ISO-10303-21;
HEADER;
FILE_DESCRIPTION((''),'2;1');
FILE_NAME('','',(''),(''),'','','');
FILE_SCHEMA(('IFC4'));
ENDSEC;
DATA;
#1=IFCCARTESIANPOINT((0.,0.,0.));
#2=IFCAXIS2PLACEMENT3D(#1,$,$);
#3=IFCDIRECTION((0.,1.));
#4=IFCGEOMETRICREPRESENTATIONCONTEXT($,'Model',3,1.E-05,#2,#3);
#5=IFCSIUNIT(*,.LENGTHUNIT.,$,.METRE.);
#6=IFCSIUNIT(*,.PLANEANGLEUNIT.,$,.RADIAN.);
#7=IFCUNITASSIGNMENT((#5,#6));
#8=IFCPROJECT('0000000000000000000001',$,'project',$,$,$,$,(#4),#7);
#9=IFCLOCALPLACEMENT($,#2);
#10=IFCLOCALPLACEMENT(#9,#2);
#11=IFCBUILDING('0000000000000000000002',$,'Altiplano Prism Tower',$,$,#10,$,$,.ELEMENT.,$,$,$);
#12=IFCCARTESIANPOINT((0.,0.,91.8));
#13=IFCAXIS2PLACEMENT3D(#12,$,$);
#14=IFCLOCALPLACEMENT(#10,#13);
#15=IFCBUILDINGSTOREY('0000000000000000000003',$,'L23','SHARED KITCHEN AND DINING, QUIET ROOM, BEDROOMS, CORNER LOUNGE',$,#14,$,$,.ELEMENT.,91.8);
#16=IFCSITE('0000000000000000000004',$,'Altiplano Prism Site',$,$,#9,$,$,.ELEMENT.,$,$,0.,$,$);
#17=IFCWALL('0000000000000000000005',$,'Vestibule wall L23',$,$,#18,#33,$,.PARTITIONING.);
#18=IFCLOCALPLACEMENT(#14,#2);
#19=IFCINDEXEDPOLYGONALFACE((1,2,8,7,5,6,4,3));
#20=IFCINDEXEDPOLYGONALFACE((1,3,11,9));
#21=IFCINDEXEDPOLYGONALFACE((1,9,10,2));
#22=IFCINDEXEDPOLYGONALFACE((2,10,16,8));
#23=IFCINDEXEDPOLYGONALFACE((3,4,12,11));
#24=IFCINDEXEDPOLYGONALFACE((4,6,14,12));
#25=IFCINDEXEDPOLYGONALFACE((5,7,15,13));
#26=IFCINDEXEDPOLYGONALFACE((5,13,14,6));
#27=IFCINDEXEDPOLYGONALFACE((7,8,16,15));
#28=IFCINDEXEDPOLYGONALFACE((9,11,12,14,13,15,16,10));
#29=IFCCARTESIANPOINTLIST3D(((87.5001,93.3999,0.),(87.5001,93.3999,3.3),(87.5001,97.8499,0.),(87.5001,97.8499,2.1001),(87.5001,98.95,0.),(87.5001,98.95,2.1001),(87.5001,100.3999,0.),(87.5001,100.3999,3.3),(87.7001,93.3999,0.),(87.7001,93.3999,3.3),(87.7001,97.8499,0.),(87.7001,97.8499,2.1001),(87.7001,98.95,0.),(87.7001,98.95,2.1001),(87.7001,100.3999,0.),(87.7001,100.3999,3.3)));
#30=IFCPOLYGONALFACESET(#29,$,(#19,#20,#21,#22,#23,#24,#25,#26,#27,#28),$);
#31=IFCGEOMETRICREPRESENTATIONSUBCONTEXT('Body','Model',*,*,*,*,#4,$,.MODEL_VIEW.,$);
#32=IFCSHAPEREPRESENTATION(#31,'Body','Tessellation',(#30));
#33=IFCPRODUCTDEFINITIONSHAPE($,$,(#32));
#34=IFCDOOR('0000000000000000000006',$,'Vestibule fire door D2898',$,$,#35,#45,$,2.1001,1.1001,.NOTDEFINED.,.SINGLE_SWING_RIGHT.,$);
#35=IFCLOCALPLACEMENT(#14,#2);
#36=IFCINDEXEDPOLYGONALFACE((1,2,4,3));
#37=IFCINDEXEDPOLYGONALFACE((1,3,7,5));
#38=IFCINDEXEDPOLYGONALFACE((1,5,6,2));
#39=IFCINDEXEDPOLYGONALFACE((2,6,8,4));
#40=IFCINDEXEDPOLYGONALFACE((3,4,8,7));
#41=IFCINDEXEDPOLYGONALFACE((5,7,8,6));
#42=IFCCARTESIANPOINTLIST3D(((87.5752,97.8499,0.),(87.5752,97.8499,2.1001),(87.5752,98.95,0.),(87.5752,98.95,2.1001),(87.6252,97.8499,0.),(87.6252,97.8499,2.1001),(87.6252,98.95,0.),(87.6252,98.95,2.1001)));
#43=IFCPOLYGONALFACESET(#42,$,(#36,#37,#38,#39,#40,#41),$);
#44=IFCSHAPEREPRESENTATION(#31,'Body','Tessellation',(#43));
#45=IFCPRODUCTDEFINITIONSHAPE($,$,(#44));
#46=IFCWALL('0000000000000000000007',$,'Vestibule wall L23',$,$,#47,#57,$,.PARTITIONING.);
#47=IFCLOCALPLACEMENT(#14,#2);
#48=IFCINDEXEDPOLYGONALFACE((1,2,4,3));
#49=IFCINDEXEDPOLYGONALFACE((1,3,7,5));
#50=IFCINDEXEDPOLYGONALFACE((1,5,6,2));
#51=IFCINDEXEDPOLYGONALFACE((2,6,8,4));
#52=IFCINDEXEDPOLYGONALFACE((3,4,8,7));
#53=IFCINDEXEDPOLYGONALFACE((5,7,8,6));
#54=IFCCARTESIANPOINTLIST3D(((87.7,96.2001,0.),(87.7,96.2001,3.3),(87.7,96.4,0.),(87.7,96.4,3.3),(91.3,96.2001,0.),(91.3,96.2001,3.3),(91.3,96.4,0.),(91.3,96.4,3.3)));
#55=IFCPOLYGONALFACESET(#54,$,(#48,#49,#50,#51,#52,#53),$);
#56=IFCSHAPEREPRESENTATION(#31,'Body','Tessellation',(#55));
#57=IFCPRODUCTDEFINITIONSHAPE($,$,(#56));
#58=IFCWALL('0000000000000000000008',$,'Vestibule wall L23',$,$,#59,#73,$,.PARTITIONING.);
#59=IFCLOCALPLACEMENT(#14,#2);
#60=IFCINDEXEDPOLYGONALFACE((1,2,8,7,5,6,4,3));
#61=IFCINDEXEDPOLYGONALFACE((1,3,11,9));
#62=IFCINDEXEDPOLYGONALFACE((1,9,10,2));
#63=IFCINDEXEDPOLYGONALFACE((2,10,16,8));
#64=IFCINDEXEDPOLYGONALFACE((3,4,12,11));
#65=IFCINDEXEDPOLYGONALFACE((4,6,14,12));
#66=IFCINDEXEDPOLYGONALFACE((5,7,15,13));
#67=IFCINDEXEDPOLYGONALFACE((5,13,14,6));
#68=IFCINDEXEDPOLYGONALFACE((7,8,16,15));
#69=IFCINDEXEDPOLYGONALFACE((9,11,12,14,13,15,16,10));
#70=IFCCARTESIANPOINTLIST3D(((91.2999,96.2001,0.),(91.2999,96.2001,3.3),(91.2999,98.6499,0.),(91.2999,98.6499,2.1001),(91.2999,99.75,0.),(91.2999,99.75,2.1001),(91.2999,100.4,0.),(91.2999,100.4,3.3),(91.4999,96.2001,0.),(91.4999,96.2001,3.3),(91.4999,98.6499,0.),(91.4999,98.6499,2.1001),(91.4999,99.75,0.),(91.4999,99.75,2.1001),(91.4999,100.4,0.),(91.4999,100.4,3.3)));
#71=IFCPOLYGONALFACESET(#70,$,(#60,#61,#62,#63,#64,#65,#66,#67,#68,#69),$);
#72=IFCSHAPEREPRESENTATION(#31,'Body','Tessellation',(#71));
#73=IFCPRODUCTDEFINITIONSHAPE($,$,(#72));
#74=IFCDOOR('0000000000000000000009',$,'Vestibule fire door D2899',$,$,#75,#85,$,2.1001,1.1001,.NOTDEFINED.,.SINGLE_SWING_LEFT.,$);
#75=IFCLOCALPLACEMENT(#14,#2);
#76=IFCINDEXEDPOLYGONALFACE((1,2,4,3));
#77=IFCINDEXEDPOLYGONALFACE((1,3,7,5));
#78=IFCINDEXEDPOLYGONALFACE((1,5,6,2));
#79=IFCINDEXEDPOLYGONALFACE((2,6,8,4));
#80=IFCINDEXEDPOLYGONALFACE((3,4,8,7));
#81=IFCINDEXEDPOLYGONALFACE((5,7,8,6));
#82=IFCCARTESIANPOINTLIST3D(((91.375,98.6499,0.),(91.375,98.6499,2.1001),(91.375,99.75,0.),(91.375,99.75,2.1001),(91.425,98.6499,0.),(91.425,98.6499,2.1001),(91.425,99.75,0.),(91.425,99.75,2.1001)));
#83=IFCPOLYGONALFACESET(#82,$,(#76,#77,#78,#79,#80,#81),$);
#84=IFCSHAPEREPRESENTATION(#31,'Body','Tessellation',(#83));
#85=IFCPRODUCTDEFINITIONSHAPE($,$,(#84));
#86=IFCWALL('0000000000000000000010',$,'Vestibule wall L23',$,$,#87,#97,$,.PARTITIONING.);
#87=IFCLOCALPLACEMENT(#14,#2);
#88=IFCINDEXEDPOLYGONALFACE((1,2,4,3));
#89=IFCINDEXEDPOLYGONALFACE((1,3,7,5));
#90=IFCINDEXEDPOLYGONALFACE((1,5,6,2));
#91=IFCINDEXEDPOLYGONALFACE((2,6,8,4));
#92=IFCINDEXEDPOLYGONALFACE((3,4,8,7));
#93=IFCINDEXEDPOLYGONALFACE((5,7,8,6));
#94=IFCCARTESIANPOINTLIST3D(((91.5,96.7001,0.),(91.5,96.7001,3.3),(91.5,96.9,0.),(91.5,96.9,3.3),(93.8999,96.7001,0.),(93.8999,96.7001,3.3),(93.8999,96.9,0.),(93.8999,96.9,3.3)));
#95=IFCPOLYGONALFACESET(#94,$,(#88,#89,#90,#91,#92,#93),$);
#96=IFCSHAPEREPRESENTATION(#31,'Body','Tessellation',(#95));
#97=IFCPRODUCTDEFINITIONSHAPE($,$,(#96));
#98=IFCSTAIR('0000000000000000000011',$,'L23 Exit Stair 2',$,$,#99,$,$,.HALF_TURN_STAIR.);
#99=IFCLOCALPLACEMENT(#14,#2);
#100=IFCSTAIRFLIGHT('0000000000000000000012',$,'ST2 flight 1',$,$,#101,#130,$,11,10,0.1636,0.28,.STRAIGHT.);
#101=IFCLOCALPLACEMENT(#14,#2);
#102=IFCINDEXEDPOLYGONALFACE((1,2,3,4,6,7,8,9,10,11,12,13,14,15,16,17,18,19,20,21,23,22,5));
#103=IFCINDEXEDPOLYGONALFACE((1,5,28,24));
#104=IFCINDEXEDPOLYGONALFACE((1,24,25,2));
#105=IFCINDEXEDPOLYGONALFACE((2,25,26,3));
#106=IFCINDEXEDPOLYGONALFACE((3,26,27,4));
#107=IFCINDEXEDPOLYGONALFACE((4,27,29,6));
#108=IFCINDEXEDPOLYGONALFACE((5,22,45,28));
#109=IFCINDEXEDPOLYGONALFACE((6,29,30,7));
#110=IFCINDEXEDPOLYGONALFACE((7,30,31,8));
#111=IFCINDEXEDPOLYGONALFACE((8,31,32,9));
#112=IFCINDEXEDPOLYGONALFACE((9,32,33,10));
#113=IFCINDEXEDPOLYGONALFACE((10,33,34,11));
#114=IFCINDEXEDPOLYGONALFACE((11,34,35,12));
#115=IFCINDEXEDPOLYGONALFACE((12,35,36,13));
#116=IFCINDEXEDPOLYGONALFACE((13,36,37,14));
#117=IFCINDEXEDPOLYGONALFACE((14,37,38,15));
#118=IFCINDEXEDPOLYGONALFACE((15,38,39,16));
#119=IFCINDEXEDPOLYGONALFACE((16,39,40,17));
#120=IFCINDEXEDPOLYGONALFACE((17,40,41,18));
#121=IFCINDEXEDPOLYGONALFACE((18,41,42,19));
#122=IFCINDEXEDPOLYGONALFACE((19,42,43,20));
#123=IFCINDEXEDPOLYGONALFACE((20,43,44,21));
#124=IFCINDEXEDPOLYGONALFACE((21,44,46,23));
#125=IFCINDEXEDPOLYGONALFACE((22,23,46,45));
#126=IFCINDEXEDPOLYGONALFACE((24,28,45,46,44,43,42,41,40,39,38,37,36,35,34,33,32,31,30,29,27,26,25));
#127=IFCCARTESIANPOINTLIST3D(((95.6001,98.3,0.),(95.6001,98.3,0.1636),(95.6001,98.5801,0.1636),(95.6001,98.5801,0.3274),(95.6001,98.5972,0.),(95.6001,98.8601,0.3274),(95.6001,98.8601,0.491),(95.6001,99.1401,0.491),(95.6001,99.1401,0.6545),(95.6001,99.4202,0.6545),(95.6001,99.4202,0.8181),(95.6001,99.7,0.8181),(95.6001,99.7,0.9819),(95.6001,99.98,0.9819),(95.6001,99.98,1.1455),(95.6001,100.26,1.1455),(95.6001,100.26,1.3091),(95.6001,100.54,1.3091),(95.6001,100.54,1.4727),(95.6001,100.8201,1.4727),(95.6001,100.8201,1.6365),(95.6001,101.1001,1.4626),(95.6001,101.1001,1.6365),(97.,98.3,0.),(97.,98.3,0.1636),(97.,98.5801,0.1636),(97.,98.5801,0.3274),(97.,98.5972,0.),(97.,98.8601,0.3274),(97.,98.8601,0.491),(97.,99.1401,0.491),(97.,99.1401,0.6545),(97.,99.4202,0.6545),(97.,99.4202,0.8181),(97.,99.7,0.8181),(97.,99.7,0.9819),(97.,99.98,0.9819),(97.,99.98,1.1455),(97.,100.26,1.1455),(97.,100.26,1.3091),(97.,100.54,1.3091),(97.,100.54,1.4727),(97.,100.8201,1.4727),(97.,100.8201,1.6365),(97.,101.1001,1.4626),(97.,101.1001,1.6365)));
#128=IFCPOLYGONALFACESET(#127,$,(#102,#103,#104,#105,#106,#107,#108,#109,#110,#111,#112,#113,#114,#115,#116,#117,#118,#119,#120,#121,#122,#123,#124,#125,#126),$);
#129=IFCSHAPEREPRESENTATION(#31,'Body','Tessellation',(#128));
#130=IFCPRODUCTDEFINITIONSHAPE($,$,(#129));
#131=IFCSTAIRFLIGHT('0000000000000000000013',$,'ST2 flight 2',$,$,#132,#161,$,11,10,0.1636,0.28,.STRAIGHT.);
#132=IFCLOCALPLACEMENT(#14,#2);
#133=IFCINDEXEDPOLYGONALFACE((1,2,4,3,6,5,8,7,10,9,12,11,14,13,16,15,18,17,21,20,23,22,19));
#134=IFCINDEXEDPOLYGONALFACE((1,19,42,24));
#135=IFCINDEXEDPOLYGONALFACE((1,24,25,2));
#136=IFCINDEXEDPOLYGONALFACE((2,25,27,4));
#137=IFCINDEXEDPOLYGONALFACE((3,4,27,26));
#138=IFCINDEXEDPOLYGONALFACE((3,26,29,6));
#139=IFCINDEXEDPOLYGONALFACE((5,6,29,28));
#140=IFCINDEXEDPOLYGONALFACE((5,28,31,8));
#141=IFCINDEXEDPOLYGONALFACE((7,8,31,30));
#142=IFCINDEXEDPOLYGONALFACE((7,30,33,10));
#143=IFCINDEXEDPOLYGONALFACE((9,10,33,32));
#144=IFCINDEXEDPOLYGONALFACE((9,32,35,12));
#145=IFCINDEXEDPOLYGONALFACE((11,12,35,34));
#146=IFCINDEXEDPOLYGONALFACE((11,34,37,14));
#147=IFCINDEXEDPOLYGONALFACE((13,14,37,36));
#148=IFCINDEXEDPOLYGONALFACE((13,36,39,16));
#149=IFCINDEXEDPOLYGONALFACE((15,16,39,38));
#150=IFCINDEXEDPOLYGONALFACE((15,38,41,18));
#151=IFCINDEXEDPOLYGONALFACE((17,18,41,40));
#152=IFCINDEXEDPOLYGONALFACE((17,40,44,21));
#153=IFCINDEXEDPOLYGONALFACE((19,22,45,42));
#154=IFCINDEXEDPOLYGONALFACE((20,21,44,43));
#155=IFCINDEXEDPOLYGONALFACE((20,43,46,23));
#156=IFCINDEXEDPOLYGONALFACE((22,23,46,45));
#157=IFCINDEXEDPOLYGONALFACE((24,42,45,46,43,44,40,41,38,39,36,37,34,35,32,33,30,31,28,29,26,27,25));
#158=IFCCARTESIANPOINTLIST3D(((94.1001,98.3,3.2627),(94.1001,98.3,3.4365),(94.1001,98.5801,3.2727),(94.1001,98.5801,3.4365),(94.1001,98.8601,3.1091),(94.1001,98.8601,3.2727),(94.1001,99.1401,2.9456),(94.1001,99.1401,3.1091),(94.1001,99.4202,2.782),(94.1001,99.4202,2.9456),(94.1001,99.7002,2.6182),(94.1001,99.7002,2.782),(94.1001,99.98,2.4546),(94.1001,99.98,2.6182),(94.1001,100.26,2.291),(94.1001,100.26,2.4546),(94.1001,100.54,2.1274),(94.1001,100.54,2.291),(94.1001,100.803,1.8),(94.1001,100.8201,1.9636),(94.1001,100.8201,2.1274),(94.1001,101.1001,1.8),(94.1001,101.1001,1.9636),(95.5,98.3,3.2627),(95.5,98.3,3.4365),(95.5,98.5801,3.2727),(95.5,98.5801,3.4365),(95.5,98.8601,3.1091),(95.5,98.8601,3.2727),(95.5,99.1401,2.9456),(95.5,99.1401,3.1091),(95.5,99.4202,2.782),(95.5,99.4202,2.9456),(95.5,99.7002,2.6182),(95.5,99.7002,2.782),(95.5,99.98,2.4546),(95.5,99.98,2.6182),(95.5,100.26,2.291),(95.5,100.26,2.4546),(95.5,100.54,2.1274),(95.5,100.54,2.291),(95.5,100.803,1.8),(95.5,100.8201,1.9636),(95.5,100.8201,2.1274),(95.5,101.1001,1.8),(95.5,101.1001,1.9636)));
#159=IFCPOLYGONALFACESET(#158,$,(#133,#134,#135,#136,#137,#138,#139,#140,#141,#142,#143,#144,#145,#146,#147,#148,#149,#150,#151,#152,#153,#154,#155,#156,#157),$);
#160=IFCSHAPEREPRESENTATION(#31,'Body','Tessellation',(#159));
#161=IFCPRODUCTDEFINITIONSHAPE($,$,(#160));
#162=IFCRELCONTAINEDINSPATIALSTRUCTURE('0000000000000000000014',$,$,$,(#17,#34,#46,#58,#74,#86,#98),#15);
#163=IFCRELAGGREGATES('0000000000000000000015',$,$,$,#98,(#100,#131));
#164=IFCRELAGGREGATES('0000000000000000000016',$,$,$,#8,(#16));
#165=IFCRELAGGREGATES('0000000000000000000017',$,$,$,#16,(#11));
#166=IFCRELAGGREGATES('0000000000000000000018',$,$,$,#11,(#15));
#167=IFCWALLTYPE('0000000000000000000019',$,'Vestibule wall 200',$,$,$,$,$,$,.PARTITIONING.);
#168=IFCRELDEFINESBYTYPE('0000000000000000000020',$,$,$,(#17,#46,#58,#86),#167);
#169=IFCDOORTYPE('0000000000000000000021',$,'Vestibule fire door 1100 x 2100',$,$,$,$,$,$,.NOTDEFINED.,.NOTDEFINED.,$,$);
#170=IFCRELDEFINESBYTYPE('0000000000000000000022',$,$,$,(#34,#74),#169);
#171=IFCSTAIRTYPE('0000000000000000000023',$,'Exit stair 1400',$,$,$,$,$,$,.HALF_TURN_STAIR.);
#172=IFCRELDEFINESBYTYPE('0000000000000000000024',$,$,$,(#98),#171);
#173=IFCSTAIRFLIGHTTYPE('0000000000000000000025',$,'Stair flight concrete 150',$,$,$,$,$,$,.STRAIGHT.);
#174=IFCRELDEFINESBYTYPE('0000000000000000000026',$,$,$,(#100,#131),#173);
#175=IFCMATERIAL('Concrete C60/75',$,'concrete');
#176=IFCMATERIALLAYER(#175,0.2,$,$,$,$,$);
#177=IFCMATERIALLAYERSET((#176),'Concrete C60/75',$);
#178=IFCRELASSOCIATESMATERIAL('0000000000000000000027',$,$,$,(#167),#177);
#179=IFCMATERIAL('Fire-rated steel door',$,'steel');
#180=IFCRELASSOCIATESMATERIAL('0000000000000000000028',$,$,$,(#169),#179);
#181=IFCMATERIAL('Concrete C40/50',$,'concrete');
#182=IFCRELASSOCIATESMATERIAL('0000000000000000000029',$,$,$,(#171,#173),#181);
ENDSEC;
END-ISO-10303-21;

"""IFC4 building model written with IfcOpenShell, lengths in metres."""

from ifc_helpers import new_model, si_unit, direction, frame, frame_2d, origin, place, context, subcontext, project, spatial, polyline, rectangle, outline, extrude, material, layer, layer_set, type_object, element, fill, aggregate, save


model = new_model("IFC4")

# Units and contexts
model_context = context("Model", 3, precision=1e-05, world=origin(), true_north=direction((0.0, 1.0)))
body_context = subcontext(model_context, "Body", "Model", "MODEL_VIEW")
ifc_project = project(units=[si_unit("LENGTHUNIT", "METRE"), si_unit("PLANEANGLEUNIT", "RADIAN")], contexts=[model_context])

# Site, building, storey
site_placement = place(None, origin())
site = spatial("IfcSite", under=ifc_project, at=site_placement, Name="Altiplano Prism Site", CompositionType="ELEMENT", RefElevation=0.0)
building_placement = place(site_placement, origin())
building = spatial("IfcBuilding", under=site, at=building_placement, Name="Altiplano Prism Tower", CompositionType="ELEMENT")
storey_placement = place(building_placement, frame((0.0, 0.0, 91.8)))
storey = spatial("IfcBuildingStorey", under=building, at=storey_placement, Name="L23", Description="SHARED KITCHEN AND DINING, QUIET ROOM, BEDROOMS, CORNER LOUNGE", CompositionType="ELEMENT", Elevation=91.8)

# Shared definitions
ifc_material_1 = material(Name="Concrete C60/75", Category="concrete")

# Shared definitions
ifc_material_2 = material(Name="Fire-rated steel door", Category="steel")

# Wall, opening, door
ifc_layer_1 = layer(ifc_material_1, 0.2)
ifc_layer_set_1 = layer_set([ifc_layer_1], Name="Concrete C60/75")
wall_type_1 = type_object("IfcWallType", Name="Vestibule wall 200", PredefinedType="PARTITIONING", material=ifc_layer_set_1)
wall_1_placement = place(storey_placement, frame((87.6001, 93.3999, 0.0), z_axis=(0.0, 0.0, 1.0), x_axis=(0.0, 1.0, 0.0)))
wall_1 = element("IfcWall", 1, at=wall_1_placement, inside=storey, type_object=wall_type_1, Name="Vestibule wall L23", PredefinedType="PARTITIONING", context=body_context, shape_type="SweptSolid", body=[
    extrude(rectangle(XDim=7.0, YDim=0.2, at=frame_2d((3.5, 0.0))), origin(), (0.0, 0.0, 1.0), 3.3),
])
opening_1_placement = place(wall_1_placement, frame((4.45, 0.0, 0.0)))
opening_1 = element("IfcOpeningElement", 2, at=opening_1_placement, cuts=wall_1, PredefinedType="OPENING", context=body_context, shape_type="SweptSolid", body=[
    extrude(rectangle(XDim=1.1001, YDim=2.1001, at=frame_2d((0.55, 1.05))), frame((0.0, 0.1104, 0.0), z_axis=(0.0, -1.0, 0.0), x_axis=(1.0, 0.0, 0.0)), (0.0, 0.0, 1.0), 0.2209),
])
door_type_1 = type_object("IfcDoorType", Name="Vestibule fire door 1100 x 2100", OperationType="NOTDEFINED", PredefinedType="NOTDEFINED", material=ifc_material_2)
door_1_placement = place(opening_1_placement, origin())
door_1 = element("IfcDoor", 3, at=door_1_placement, inside=storey, type_object=door_type_1, Name="Vestibule fire door D2898", OperationType="SINGLE_SWING_RIGHT", OverallHeight=2.1001, OverallWidth=1.1001, PredefinedType="NOTDEFINED", context=body_context, shape_type="SweptSolid", body=[
    extrude(rectangle(XDim=1.1001, YDim=2.1001, at=frame_2d((0.55, 1.05))), frame((0.0, 0.0249, 0.0), z_axis=(0.0, -1.0, 0.0), x_axis=(1.0, 0.0, 0.0)), (0.0, 0.0, 1.0), 0.05),
])
fill(opening_1, door_1)

# Wall
wall_2_placement = place(storey_placement, frame((87.7, 96.3, 0.0), z_axis=(0.0, 0.0, 1.0), x_axis=(1.0, 0.0, 0.0)))
element("IfcWall", 4, at=wall_2_placement, inside=storey, type_object=wall_type_1, Name="Vestibule wall L23", PredefinedType="PARTITIONING", context=body_context, shape_type="SweptSolid", body=[
    extrude(rectangle(XDim=3.6001, YDim=0.2, at=frame_2d((1.8, 0.0))), origin(), (0.0, 0.0, 1.0), 3.3),
])

# Wall, opening, door
wall_3_placement = place(storey_placement, frame((91.3999, 96.2, 0.0), z_axis=(0.0, 0.0, 1.0), x_axis=(0.0, 1.0, 0.0)))
wall_3 = element("IfcWall", 5, at=wall_3_placement, inside=storey, type_object=wall_type_1, Name="Vestibule wall L23", PredefinedType="PARTITIONING", context=body_context, shape_type="SweptSolid", body=[
    extrude(rectangle(XDim=4.2, YDim=0.2, at=frame_2d((2.1001, 0.0))), origin(), (0.0, 0.0, 1.0), 3.3),
])
opening_2_placement = place(wall_3_placement, frame((2.45, 0.0, 0.0)))
opening_2 = element("IfcOpeningElement", 6, at=opening_2_placement, cuts=wall_3, PredefinedType="OPENING", context=body_context, shape_type="SweptSolid", body=[
    extrude(rectangle(XDim=1.1001, YDim=2.1001, at=frame_2d((0.55, 1.05))), frame((0.0, 0.1104, 0.0), z_axis=(0.0, -1.0, 0.0), x_axis=(1.0, 0.0, 0.0)), (0.0, 0.0, 1.0), 0.2209),
])
door_2_placement = place(opening_2_placement, origin())
door_2 = element("IfcDoor", 7, at=door_2_placement, inside=storey, type_object=door_type_1, Name="Vestibule fire door D2899", OperationType="SINGLE_SWING_LEFT", OverallHeight=2.1001, OverallWidth=1.1001, PredefinedType="NOTDEFINED", context=body_context, shape_type="SweptSolid", body=[
    extrude(rectangle(XDim=1.1001, YDim=2.1001, at=frame_2d((0.55, 1.05))), frame((0.0, 0.0249, 0.0), z_axis=(0.0, -1.0, 0.0), x_axis=(1.0, 0.0, 0.0)), (0.0, 0.0, 1.0), 0.05),
])
fill(opening_2, door_2)

# Wall
wall_4_placement = place(storey_placement, frame((91.5, 96.8, 0.0), z_axis=(0.0, 0.0, 1.0), x_axis=(1.0, 0.0, 0.0)))
element("IfcWall", 8, at=wall_4_placement, inside=storey, type_object=wall_type_1, Name="Vestibule wall L23", PredefinedType="PARTITIONING", context=body_context, shape_type="SweptSolid", body=[
    extrude(rectangle(XDim=2.3999, YDim=0.2, at=frame_2d((1.2, 0.0))), origin(), (0.0, 0.0, 1.0), 3.3),
])

# Stair, stair flights
ifc_material_3 = material(Name="Concrete C40/50", Category="concrete")
stair_type = type_object("IfcStairType", Name="Exit stair 1400", PredefinedType="HALF_TURN_STAIR", material=ifc_material_3)
stair_placement = place(storey_placement, origin())
stair = element("IfcStair", 9, at=stair_placement, inside=storey, type_object=stair_type, Name="L23 Exit Stair 2", PredefinedType="HALF_TURN_STAIR")
stair_flight_type = type_object("IfcStairFlightType", Name="Stair flight concrete 150", PredefinedType="STRAIGHT", material=ifc_material_3)
stair_flight_1_placement = place(storey_placement, frame((96.3, 98.3, 0.0), z_axis=(0.0, 0.0, 1.0), x_axis=(0.0, 1.0, 0.0)))
stair_flight_1 = element("IfcStairFlight", 10, at=stair_flight_1_placement, type_object=stair_flight_type, Name="ST2 flight 1", NumberOfRisers=11, NumberOfTreads=10, PredefinedType="STRAIGHT", RiserHeight=0.1636, TreadLength=0.28, context=body_context, shape_type="SweptSolid", body=[
    extrude(outline(polyline([(0.0, 0.0), (0.0, 0.1636), (0.28, 0.1636), (0.28, 0.3274), (0.5601, 0.3274), (0.5601, 0.491), (0.8401, 0.491), (0.8401, 0.6545), (1.1201, 0.6545), (1.1201, 0.8181), (1.3999, 0.8181), (1.3999, 0.9819), (1.6799, 0.9819), (1.6799, 1.1455), (1.96, 1.1455), (1.96, 1.3091), (2.24, 1.3091), (2.24, 1.4727), (2.52, 1.4727), (2.52, 1.6365), (2.8, 1.6365), (2.8, 1.8), (2.8, 1.4626), (0.2971, 0.0), (0.0, 0.0)])), frame((0.0, 0.7, 0.0), z_axis=(0.0, -1.0, 0.0), x_axis=(1.0, 0.0, 0.0)), (0.0, 0.0, 1.0), 1.3999),
])
stair_flight_2_placement = place(storey_placement, frame((94.8, 101.1001, 1.8), z_axis=(0.0, 0.0, 1.0), x_axis=(0.0, -1.0, 0.0)))
stair_flight_2 = element("IfcStairFlight", 11, at=stair_flight_2_placement, type_object=stair_flight_type, Name="ST2 flight 2", NumberOfRisers=11, NumberOfTreads=10, PredefinedType="STRAIGHT", RiserHeight=0.1636, TreadLength=0.28, context=body_context, shape_type="SweptSolid", body=[
    extrude(outline(polyline([(0.0, 0.0), (0.0, 0.1636), (0.28, 0.1636), (0.28, 0.3274), (0.5601, 0.3274), (0.5601, 0.491), (0.8401, 0.491), (0.8401, 0.6545), (1.1201, 0.6545), (1.1201, 0.8181), (1.3999, 0.8181), (1.3999, 0.9819), (1.6799, 0.9819), (1.6799, 1.1455), (1.96, 1.1455), (1.96, 1.3091), (2.24, 1.3091), (2.24, 1.4727), (2.52, 1.4727), (2.52, 1.6365), (2.8, 1.6365), (2.8, 1.8), (2.8, 1.4626), (0.2971, 0.0), (0.0, 0.0)])), frame((0.0, 0.7, 0.0), z_axis=(0.0, -1.0, 0.0), x_axis=(1.0, 0.0, 0.0)), (0.0, 0.0, 1.0), 1.3999),
])
aggregate(stair, [stair_flight_1, stair_flight_2])

save(model, "model.ifc")
